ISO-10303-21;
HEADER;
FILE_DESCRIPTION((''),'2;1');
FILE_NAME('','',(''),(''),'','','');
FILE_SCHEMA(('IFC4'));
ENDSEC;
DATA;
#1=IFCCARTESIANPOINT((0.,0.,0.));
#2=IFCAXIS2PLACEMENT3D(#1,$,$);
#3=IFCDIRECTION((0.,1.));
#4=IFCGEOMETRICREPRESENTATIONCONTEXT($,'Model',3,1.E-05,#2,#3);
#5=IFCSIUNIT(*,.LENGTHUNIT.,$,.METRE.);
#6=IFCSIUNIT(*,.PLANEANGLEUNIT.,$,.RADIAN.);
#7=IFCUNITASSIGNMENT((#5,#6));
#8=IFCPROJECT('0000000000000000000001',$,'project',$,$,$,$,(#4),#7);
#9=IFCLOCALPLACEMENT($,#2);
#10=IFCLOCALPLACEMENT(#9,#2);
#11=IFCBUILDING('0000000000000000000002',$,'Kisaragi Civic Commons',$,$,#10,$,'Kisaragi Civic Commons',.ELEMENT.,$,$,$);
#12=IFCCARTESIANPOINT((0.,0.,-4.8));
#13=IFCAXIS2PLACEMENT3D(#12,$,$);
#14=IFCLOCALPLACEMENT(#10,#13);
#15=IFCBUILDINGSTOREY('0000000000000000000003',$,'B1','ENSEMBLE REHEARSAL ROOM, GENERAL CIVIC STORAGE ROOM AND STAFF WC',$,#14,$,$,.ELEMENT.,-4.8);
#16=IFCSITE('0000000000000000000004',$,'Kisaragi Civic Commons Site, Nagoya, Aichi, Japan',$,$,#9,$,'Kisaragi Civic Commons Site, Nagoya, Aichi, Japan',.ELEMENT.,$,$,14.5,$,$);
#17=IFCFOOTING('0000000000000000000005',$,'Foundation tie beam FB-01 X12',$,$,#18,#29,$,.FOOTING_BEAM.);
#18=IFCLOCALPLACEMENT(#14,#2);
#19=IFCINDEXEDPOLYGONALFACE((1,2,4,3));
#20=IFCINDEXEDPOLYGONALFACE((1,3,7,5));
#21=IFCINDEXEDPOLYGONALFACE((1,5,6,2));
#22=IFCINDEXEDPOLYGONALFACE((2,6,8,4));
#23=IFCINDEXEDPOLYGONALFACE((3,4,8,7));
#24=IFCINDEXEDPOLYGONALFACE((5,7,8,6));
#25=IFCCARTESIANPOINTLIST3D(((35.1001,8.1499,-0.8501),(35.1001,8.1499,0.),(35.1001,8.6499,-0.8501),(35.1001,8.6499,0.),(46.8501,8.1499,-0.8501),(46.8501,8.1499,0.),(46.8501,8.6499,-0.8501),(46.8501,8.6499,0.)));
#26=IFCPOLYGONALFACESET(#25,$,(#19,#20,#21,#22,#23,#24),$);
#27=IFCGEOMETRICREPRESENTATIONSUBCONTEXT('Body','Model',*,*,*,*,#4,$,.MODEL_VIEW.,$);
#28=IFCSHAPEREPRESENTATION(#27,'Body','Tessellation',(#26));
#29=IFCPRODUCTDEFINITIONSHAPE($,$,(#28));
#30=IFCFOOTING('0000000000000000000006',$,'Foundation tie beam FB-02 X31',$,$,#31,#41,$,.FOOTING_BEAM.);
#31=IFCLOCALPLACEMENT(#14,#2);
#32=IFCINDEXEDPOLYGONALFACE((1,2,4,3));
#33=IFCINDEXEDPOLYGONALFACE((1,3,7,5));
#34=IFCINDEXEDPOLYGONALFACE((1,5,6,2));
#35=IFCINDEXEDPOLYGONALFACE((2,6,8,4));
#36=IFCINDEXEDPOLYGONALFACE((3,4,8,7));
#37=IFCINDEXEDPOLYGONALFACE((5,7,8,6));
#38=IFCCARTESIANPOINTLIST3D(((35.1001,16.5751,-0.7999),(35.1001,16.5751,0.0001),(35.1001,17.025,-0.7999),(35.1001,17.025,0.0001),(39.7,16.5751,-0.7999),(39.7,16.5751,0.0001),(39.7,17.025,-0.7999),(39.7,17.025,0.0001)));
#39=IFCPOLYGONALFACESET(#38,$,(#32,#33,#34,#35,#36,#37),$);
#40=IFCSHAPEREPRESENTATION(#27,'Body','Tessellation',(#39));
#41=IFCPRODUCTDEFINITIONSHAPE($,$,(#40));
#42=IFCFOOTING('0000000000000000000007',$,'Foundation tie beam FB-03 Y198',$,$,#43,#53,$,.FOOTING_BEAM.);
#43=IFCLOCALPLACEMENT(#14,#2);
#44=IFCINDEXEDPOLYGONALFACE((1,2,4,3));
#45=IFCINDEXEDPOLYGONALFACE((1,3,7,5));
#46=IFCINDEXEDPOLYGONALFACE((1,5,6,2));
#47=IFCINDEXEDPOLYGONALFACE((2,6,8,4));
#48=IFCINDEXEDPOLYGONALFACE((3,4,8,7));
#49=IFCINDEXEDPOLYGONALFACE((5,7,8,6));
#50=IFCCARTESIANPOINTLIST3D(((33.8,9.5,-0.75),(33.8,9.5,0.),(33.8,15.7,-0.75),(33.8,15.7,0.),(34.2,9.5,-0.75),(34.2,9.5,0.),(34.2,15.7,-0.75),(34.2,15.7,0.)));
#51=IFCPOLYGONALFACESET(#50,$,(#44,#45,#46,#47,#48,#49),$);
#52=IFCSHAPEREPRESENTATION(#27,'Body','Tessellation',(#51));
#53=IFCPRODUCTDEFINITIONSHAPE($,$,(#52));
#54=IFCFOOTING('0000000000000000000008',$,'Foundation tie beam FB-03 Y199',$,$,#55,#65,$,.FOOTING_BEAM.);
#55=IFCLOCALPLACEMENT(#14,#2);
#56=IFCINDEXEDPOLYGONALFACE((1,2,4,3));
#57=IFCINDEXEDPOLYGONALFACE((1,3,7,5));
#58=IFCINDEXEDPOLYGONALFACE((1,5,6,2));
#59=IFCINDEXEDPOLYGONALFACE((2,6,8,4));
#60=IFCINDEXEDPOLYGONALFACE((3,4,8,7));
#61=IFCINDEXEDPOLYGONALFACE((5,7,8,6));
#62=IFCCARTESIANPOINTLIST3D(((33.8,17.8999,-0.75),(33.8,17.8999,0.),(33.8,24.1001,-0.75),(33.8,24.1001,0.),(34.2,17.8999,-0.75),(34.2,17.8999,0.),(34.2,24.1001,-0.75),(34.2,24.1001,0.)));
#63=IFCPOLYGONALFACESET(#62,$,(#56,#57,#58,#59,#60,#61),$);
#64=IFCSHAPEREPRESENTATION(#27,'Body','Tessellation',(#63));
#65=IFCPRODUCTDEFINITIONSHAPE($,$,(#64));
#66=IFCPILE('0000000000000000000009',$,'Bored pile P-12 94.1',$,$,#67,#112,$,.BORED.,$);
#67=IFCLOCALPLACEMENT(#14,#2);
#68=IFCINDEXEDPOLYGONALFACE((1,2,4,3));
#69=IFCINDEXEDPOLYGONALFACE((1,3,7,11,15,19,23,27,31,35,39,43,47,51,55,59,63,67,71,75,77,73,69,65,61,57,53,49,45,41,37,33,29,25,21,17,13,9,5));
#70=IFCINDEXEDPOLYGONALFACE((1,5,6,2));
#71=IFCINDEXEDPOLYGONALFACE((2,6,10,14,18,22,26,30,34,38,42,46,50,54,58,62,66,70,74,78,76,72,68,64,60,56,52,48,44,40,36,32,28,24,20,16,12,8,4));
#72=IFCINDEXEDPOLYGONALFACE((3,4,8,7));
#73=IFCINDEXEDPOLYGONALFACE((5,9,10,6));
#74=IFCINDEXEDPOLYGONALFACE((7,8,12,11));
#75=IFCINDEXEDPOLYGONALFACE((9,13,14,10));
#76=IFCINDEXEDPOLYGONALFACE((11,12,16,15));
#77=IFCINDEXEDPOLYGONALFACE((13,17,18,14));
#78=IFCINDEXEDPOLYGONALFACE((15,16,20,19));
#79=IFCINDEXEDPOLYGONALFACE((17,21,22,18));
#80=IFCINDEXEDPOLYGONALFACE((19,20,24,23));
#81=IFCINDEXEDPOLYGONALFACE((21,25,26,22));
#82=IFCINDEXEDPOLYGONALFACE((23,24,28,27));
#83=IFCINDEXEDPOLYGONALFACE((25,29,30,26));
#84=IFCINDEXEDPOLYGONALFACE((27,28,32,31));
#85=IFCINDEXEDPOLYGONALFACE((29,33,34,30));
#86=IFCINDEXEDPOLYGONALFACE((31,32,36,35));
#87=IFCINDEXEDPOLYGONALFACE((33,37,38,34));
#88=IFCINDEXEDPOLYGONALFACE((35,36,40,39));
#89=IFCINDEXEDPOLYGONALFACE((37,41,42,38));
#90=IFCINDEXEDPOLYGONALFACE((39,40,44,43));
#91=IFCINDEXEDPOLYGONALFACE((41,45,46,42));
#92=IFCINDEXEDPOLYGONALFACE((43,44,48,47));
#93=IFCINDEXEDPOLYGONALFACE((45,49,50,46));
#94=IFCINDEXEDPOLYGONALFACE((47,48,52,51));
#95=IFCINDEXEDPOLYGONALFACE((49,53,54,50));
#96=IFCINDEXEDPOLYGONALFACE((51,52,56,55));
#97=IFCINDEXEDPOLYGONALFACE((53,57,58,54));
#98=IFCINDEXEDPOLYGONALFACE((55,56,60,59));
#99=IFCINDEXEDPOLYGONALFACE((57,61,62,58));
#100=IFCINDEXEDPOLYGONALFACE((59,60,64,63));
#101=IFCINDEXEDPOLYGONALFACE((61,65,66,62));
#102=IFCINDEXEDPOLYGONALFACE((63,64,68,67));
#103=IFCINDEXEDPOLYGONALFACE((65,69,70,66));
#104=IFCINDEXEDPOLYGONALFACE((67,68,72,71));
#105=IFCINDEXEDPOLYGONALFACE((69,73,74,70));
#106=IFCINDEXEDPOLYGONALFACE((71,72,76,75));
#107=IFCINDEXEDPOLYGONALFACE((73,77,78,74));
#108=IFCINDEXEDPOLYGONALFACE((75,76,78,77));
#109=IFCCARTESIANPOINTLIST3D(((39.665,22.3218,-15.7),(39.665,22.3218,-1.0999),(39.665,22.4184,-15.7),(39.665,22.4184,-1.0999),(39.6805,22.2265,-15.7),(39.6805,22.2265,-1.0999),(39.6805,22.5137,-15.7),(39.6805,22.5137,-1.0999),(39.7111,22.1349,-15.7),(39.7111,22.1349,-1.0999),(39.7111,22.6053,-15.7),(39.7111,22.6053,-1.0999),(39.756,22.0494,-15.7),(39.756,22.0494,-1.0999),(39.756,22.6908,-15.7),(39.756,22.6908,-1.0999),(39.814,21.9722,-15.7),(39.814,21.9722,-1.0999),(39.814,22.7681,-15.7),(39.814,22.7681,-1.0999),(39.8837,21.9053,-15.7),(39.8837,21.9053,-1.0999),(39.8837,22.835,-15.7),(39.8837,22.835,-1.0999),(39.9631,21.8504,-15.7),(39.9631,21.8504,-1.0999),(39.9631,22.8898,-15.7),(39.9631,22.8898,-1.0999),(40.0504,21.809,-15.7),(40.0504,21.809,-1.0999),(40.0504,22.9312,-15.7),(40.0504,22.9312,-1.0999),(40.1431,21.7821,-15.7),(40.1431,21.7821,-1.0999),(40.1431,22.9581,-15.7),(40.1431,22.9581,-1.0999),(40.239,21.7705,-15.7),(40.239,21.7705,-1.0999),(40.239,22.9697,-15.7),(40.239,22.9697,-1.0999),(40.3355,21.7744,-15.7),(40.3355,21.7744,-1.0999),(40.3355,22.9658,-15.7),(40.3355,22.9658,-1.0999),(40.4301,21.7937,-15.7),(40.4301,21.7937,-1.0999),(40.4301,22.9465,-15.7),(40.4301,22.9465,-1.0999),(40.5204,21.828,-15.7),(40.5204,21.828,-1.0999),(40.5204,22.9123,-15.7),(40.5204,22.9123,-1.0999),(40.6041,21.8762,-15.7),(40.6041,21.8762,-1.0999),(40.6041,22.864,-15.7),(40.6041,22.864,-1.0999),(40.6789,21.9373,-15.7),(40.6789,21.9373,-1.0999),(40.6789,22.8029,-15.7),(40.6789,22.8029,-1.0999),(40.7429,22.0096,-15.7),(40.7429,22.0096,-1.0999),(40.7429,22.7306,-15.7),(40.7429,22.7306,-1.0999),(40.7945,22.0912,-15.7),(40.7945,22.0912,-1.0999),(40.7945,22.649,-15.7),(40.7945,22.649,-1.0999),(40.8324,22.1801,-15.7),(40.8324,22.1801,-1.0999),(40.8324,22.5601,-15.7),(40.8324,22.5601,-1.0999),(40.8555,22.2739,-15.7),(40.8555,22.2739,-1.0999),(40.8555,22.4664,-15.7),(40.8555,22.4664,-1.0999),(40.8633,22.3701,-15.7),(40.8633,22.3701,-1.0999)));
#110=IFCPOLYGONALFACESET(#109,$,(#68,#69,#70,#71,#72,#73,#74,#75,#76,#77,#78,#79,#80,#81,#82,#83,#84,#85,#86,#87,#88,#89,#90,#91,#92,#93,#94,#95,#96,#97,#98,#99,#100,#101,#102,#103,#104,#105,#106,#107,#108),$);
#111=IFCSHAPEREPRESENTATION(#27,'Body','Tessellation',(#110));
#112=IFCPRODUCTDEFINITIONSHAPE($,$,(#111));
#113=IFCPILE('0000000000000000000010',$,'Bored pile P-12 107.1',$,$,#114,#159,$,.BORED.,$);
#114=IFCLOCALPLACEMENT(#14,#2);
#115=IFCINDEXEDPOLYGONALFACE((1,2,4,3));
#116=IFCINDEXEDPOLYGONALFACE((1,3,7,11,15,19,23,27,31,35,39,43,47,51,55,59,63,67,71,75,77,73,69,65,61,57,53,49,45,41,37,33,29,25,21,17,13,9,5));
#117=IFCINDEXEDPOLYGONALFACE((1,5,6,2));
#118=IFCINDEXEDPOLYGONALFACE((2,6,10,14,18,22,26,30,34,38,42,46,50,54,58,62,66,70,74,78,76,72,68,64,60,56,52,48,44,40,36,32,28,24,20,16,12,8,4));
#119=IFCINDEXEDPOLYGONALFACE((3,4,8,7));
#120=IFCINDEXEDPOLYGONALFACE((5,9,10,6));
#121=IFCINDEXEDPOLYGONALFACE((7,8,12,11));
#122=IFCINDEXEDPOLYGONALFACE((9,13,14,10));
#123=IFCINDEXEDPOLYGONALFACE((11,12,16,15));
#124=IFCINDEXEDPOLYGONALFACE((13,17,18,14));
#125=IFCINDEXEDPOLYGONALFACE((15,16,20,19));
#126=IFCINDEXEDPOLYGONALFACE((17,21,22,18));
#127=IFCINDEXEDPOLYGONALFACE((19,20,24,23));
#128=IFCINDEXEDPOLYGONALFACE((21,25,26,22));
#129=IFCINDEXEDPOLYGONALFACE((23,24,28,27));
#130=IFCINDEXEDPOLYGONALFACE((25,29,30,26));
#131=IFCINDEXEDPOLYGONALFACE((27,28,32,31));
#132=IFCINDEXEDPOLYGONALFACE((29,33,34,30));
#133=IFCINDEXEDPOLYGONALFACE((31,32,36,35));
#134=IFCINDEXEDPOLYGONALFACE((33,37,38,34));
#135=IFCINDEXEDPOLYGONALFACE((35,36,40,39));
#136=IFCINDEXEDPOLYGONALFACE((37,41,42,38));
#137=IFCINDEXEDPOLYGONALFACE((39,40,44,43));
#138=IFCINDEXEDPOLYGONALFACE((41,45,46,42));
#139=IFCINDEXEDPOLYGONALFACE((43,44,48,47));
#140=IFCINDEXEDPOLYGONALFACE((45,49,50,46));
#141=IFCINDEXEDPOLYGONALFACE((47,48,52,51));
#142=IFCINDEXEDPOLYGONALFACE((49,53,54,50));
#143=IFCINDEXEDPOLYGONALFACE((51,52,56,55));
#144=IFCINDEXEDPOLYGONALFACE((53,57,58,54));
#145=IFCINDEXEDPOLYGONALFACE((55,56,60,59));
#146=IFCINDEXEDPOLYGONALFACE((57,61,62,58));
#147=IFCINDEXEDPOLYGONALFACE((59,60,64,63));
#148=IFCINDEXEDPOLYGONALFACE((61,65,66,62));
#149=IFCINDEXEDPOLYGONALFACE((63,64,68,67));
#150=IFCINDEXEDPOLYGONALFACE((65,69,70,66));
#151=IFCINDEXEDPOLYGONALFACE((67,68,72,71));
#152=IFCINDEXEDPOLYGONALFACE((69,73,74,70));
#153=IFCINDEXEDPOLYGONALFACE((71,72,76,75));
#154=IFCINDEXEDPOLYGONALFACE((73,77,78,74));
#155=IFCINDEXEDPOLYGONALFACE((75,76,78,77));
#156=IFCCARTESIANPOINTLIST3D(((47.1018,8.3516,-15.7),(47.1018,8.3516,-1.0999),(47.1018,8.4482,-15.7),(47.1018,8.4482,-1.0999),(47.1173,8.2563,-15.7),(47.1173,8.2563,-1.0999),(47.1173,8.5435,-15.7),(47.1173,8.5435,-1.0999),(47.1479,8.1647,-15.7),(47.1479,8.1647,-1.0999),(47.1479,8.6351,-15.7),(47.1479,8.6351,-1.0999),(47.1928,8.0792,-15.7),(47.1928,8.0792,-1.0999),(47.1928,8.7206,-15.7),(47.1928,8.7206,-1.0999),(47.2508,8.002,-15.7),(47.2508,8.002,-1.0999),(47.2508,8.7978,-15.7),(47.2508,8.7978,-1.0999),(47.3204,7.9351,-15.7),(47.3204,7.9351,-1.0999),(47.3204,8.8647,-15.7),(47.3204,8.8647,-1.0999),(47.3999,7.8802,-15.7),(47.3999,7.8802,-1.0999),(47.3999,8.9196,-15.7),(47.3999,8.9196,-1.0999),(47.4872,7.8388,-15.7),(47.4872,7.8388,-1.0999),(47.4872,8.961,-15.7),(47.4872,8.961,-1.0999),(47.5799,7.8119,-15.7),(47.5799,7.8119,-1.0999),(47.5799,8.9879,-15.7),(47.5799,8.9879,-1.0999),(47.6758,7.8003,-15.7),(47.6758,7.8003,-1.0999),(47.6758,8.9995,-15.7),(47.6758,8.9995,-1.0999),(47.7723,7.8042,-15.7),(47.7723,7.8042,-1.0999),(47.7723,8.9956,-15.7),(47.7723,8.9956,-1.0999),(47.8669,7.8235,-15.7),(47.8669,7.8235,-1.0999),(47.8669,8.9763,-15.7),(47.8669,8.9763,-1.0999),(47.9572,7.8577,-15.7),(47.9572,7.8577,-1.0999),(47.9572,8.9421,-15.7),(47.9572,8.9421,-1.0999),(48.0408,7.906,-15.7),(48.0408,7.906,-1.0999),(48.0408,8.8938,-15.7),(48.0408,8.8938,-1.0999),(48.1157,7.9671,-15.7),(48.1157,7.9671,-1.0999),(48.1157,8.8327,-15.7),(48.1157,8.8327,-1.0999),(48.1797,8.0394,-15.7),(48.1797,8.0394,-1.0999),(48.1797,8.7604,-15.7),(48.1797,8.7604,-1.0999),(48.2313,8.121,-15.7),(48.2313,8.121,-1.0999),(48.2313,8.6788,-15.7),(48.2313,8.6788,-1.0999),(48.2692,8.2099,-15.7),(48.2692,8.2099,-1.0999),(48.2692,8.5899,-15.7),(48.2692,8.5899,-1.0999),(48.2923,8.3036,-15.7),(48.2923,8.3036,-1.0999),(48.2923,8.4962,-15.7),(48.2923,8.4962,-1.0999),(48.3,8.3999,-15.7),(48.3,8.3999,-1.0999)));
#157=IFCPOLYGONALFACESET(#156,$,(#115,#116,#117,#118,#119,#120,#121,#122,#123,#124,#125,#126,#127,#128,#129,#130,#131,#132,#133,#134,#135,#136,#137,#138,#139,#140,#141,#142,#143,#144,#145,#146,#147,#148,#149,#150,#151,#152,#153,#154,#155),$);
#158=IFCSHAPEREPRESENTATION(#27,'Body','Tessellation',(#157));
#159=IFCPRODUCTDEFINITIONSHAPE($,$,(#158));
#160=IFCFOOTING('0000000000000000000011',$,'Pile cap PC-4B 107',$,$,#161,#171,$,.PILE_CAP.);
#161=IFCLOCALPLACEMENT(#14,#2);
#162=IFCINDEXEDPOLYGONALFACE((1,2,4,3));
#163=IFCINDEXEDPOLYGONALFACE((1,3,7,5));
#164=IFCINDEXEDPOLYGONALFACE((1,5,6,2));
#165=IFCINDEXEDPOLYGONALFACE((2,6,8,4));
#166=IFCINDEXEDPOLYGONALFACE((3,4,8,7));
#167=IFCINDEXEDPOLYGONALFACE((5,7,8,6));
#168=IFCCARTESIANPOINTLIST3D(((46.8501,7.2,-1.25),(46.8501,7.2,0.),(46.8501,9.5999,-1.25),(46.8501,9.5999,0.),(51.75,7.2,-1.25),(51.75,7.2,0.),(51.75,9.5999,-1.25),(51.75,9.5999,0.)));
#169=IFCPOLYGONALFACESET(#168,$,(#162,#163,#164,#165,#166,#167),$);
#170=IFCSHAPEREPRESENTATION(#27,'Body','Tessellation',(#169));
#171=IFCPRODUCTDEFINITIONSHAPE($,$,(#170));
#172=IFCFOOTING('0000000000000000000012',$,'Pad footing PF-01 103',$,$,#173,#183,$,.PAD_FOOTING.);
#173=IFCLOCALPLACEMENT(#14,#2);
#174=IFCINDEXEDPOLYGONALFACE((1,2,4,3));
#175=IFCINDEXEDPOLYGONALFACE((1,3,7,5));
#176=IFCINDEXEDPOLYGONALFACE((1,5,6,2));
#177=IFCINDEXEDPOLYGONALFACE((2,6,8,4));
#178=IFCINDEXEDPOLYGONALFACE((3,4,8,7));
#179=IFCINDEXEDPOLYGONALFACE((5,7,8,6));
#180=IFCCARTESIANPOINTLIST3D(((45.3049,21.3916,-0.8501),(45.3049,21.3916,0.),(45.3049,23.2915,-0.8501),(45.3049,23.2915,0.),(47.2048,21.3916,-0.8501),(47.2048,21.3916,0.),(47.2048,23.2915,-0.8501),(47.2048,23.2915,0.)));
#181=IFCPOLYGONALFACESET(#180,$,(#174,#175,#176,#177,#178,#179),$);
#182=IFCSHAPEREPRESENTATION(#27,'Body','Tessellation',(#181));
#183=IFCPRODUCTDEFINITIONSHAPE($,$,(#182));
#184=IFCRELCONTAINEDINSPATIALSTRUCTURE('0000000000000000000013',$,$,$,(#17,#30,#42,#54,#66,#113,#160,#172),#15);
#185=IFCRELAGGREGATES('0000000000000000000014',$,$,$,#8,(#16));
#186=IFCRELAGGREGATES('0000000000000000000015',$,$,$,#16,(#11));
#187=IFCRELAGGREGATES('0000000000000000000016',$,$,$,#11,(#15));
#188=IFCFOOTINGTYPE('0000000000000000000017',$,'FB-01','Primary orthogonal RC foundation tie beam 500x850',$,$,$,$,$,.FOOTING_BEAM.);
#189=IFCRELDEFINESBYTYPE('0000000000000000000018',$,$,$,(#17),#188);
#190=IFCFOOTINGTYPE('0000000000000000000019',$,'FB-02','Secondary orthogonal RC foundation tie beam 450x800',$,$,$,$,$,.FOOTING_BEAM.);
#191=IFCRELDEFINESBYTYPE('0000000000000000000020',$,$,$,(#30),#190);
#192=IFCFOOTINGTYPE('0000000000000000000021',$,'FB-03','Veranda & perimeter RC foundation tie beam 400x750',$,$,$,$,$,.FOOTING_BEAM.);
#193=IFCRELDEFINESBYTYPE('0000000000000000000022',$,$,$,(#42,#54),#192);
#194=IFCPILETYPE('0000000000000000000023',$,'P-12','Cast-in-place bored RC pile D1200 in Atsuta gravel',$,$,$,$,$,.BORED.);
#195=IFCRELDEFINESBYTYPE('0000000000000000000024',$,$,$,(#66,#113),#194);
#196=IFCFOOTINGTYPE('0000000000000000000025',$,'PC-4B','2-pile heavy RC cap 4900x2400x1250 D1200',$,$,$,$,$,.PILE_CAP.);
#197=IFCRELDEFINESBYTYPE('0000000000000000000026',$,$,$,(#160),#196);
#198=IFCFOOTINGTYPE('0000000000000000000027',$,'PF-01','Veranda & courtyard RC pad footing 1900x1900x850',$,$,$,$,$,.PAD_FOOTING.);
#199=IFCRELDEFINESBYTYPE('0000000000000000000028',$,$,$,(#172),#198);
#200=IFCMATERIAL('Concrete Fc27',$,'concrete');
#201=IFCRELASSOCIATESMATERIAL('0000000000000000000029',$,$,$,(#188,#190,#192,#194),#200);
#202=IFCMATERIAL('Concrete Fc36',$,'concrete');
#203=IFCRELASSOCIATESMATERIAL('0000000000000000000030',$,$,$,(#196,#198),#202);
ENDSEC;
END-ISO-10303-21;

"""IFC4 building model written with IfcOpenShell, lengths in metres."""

from ifc_helpers import new_model, si_unit, direction, frame, origin, origin_2d, place, context, subcontext, project, spatial, rectangle, circle, extrude, material, material_profile, profile_set, type_object, element, save


model = new_model("IFC4")

# Units and contexts
model_context = context("Model", 3, precision=1e-05, world=origin(), true_north=direction((0.0, 1.0)))
body_context = subcontext(model_context, "Body", "Model", "MODEL_VIEW")
ifc_project = project(units=[si_unit("LENGTHUNIT", "METRE"), si_unit("PLANEANGLEUNIT", "RADIAN")], contexts=[model_context])

# Site, building, storey
site_placement = place(None, origin())
site = spatial("IfcSite", under=ifc_project, at=site_placement, Name="Kisaragi Civic Commons Site, Nagoya, Aichi, Japan", LongName="Kisaragi Civic Commons Site, Nagoya, Aichi, Japan", CompositionType="ELEMENT", RefElevation=14.5)
building_placement = place(site_placement, origin())
building = spatial("IfcBuilding", under=site, at=building_placement, Name="Kisaragi Civic Commons", LongName="Kisaragi Civic Commons", CompositionType="ELEMENT")
storey_placement = place(building_placement, frame((0.0, 0.0, -4.8)))
storey = spatial("IfcBuildingStorey", under=building, at=storey_placement, Name="B1", Description="ENSEMBLE REHEARSAL ROOM, GENERAL CIVIC STORAGE ROOM AND STAFF WC", CompositionType="ELEMENT", Elevation=-4.8)

# Footings
ifc_material_1 = material(Name="Concrete Fc27", Category="concrete")
ifc_material_profile_1 = material_profile(ifc_material_1, rectangle(XDim=0.5, YDim=0.8501, at=origin_2d()), Name="RC-500x850", Category="concrete")
ifc_profile_set_1 = profile_set([ifc_material_profile_1], Name="Concrete Fc27")
footing_type_1 = type_object("IfcFootingType", Name="FB-01", Description="Primary orthogonal RC foundation tie beam 500x850", PredefinedType="FOOTING_BEAM", material=ifc_profile_set_1)
footing_1_placement = place(storey_placement, frame((35.1001, 8.3999, -0.425), z_axis=(1.0, 0.0, 0.0), x_axis=(0.0, 1.0, 0.0)))
element("IfcFooting", 1, at=footing_1_placement, inside=storey, type_object=footing_type_1, Name="Foundation tie beam FB-01 X12", PredefinedType="FOOTING_BEAM", context=body_context, shape_type="SweptSolid", body=[
    extrude(rectangle(XDim=0.5, YDim=0.8501, at=origin_2d()), origin(), (0.0, 0.0, 1.0), 11.75),
])
ifc_material_profile_2 = material_profile(ifc_material_1, rectangle(XDim=0.45, YDim=0.8, at=origin_2d()), Name="RC-450x800", Category="concrete")
ifc_profile_set_2 = profile_set([ifc_material_profile_2], Name="Concrete Fc27")
footing_type_2 = type_object("IfcFootingType", Name="FB-02", Description="Secondary orthogonal RC foundation tie beam 450x800", PredefinedType="FOOTING_BEAM", material=ifc_profile_set_2)
footing_2_placement = place(storey_placement, frame((35.1001, 16.8, -0.3999), z_axis=(1.0, 0.0, 0.0), x_axis=(0.0, 1.0, 0.0)))
element("IfcFooting", 2, at=footing_2_placement, inside=storey, type_object=footing_type_2, Name="Foundation tie beam FB-02 X31", PredefinedType="FOOTING_BEAM", context=body_context, shape_type="SweptSolid", body=[
    extrude(rectangle(XDim=0.45, YDim=0.8, at=origin_2d()), origin(), (0.0, 0.0, 1.0), 4.5999),
])
ifc_material_profile_3 = material_profile(ifc_material_1, rectangle(XDim=0.3999, YDim=0.75, at=origin_2d()), Name="RC-400x750", Category="concrete")
ifc_profile_set_3 = profile_set([ifc_material_profile_3], Name="Concrete Fc27")
footing_type_3 = type_object("IfcFootingType", Name="FB-03", Description="Veranda & perimeter RC foundation tie beam 400x750", PredefinedType="FOOTING_BEAM", material=ifc_profile_set_3)
footing_3_placement = place(storey_placement, frame((34.0, 9.5, -0.375), z_axis=(0.0, 1.0, 0.0), x_axis=(-1.0, 0.0, 0.0)))
element("IfcFooting", 3, at=footing_3_placement, inside=storey, type_object=footing_type_3, Name="Foundation tie beam FB-03 Y198", PredefinedType="FOOTING_BEAM", context=body_context, shape_type="SweptSolid", body=[
    extrude(rectangle(XDim=0.3999, YDim=0.75, at=origin_2d()), origin(), (0.0, 0.0, 1.0), 6.2),
])
footing_4_placement = place(storey_placement, frame((34.0, 17.8999, -0.375), z_axis=(0.0, 1.0, 0.0), x_axis=(-1.0, 0.0, 0.0)))
element("IfcFooting", 4, at=footing_4_placement, inside=storey, type_object=footing_type_3, Name="Foundation tie beam FB-03 Y199", PredefinedType="FOOTING_BEAM", context=body_context, shape_type="SweptSolid", body=[
    extrude(rectangle(XDim=0.3999, YDim=0.75, at=origin_2d()), origin(), (0.0, 0.0, 1.0), 6.2002),
])

# Piles
ifc_material_profile_4 = material_profile(ifc_material_1, circle(Radius=0.6001, at=origin_2d()), Name="PILE-D1200", Category="concrete")
ifc_profile_set_4 = profile_set([ifc_material_profile_4], Name="Concrete Fc27")
pile_type = type_object("IfcPileType", Name="P-12", Description="Cast-in-place bored RC pile D1200 in Atsuta gravel", PredefinedType="BORED", material=ifc_profile_set_4)
for number, where, z_axis, x_axis, name in (
    (5, (40.2632, 22.3701, -1.0999), (0.0, 0.0, -1.0), (1.0, 0.0, 0.0), "Bored pile P-12 94.1"),
    (6, (47.7, 8.3999, -1.0999), (0.0, 0.0, -1.0), (1.0, 0.0, 0.0), "Bored pile P-12 107.1"),
):
    element("IfcPile", number, at=place(storey_placement, frame(where, z_axis=z_axis, x_axis=x_axis)), inside=storey, type_object=pile_type, Name=name, PredefinedType="BORED", context=body_context, shape_type="SweptSolid", body=[
        extrude(circle(Radius=0.6001, at=origin_2d()), origin(), (0.0, 0.0, 1.0), 14.6001),
    ])

# Footings
ifc_material_2 = material(Name="Concrete Fc36", Category="concrete")
footing_type_4 = type_object("IfcFootingType", Name="PC-4B", Description="2-pile heavy RC cap 4900x2400x1250 D1200", PredefinedType="PILE_CAP", material=ifc_material_2)
footing_5_placement = place(storey_placement, frame((49.3, 8.3999, -1.25), z_axis=(0.0, 0.0, 1.0), x_axis=(1.0, 0.0, 0.0)))
element("IfcFooting", 7, at=footing_5_placement, inside=storey, type_object=footing_type_4, Name="Pile cap PC-4B 107", PredefinedType="PILE_CAP", context=body_context, shape_type="SweptSolid", body=[
    extrude(rectangle(XDim=4.8999, YDim=2.3999, at=origin_2d()), origin(), (0.0, 0.0, 1.0), 1.25),
])
footing_type_5 = type_object("IfcFootingType", Name="PF-01", Description="Veranda & courtyard RC pad footing 1900x1900x850", PredefinedType="PAD_FOOTING", material=ifc_material_2)
footing_6_placement = place(storey_placement, frame((46.2549, 22.3416, -0.8501), z_axis=(0.0, 0.0, 1.0), x_axis=(1.0, 0.0, 0.0)))
element("IfcFooting", 8, at=footing_6_placement, inside=storey, type_object=footing_type_5, Name="Pad footing PF-01 103", PredefinedType="PAD_FOOTING", context=body_context, shape_type="SweptSolid", body=[
    extrude(rectangle(XDim=1.8999, YDim=1.8999, at=origin_2d()), origin(), (0.0, 0.0, 1.0), 0.8501),
])

save(model, "model.ifc")
